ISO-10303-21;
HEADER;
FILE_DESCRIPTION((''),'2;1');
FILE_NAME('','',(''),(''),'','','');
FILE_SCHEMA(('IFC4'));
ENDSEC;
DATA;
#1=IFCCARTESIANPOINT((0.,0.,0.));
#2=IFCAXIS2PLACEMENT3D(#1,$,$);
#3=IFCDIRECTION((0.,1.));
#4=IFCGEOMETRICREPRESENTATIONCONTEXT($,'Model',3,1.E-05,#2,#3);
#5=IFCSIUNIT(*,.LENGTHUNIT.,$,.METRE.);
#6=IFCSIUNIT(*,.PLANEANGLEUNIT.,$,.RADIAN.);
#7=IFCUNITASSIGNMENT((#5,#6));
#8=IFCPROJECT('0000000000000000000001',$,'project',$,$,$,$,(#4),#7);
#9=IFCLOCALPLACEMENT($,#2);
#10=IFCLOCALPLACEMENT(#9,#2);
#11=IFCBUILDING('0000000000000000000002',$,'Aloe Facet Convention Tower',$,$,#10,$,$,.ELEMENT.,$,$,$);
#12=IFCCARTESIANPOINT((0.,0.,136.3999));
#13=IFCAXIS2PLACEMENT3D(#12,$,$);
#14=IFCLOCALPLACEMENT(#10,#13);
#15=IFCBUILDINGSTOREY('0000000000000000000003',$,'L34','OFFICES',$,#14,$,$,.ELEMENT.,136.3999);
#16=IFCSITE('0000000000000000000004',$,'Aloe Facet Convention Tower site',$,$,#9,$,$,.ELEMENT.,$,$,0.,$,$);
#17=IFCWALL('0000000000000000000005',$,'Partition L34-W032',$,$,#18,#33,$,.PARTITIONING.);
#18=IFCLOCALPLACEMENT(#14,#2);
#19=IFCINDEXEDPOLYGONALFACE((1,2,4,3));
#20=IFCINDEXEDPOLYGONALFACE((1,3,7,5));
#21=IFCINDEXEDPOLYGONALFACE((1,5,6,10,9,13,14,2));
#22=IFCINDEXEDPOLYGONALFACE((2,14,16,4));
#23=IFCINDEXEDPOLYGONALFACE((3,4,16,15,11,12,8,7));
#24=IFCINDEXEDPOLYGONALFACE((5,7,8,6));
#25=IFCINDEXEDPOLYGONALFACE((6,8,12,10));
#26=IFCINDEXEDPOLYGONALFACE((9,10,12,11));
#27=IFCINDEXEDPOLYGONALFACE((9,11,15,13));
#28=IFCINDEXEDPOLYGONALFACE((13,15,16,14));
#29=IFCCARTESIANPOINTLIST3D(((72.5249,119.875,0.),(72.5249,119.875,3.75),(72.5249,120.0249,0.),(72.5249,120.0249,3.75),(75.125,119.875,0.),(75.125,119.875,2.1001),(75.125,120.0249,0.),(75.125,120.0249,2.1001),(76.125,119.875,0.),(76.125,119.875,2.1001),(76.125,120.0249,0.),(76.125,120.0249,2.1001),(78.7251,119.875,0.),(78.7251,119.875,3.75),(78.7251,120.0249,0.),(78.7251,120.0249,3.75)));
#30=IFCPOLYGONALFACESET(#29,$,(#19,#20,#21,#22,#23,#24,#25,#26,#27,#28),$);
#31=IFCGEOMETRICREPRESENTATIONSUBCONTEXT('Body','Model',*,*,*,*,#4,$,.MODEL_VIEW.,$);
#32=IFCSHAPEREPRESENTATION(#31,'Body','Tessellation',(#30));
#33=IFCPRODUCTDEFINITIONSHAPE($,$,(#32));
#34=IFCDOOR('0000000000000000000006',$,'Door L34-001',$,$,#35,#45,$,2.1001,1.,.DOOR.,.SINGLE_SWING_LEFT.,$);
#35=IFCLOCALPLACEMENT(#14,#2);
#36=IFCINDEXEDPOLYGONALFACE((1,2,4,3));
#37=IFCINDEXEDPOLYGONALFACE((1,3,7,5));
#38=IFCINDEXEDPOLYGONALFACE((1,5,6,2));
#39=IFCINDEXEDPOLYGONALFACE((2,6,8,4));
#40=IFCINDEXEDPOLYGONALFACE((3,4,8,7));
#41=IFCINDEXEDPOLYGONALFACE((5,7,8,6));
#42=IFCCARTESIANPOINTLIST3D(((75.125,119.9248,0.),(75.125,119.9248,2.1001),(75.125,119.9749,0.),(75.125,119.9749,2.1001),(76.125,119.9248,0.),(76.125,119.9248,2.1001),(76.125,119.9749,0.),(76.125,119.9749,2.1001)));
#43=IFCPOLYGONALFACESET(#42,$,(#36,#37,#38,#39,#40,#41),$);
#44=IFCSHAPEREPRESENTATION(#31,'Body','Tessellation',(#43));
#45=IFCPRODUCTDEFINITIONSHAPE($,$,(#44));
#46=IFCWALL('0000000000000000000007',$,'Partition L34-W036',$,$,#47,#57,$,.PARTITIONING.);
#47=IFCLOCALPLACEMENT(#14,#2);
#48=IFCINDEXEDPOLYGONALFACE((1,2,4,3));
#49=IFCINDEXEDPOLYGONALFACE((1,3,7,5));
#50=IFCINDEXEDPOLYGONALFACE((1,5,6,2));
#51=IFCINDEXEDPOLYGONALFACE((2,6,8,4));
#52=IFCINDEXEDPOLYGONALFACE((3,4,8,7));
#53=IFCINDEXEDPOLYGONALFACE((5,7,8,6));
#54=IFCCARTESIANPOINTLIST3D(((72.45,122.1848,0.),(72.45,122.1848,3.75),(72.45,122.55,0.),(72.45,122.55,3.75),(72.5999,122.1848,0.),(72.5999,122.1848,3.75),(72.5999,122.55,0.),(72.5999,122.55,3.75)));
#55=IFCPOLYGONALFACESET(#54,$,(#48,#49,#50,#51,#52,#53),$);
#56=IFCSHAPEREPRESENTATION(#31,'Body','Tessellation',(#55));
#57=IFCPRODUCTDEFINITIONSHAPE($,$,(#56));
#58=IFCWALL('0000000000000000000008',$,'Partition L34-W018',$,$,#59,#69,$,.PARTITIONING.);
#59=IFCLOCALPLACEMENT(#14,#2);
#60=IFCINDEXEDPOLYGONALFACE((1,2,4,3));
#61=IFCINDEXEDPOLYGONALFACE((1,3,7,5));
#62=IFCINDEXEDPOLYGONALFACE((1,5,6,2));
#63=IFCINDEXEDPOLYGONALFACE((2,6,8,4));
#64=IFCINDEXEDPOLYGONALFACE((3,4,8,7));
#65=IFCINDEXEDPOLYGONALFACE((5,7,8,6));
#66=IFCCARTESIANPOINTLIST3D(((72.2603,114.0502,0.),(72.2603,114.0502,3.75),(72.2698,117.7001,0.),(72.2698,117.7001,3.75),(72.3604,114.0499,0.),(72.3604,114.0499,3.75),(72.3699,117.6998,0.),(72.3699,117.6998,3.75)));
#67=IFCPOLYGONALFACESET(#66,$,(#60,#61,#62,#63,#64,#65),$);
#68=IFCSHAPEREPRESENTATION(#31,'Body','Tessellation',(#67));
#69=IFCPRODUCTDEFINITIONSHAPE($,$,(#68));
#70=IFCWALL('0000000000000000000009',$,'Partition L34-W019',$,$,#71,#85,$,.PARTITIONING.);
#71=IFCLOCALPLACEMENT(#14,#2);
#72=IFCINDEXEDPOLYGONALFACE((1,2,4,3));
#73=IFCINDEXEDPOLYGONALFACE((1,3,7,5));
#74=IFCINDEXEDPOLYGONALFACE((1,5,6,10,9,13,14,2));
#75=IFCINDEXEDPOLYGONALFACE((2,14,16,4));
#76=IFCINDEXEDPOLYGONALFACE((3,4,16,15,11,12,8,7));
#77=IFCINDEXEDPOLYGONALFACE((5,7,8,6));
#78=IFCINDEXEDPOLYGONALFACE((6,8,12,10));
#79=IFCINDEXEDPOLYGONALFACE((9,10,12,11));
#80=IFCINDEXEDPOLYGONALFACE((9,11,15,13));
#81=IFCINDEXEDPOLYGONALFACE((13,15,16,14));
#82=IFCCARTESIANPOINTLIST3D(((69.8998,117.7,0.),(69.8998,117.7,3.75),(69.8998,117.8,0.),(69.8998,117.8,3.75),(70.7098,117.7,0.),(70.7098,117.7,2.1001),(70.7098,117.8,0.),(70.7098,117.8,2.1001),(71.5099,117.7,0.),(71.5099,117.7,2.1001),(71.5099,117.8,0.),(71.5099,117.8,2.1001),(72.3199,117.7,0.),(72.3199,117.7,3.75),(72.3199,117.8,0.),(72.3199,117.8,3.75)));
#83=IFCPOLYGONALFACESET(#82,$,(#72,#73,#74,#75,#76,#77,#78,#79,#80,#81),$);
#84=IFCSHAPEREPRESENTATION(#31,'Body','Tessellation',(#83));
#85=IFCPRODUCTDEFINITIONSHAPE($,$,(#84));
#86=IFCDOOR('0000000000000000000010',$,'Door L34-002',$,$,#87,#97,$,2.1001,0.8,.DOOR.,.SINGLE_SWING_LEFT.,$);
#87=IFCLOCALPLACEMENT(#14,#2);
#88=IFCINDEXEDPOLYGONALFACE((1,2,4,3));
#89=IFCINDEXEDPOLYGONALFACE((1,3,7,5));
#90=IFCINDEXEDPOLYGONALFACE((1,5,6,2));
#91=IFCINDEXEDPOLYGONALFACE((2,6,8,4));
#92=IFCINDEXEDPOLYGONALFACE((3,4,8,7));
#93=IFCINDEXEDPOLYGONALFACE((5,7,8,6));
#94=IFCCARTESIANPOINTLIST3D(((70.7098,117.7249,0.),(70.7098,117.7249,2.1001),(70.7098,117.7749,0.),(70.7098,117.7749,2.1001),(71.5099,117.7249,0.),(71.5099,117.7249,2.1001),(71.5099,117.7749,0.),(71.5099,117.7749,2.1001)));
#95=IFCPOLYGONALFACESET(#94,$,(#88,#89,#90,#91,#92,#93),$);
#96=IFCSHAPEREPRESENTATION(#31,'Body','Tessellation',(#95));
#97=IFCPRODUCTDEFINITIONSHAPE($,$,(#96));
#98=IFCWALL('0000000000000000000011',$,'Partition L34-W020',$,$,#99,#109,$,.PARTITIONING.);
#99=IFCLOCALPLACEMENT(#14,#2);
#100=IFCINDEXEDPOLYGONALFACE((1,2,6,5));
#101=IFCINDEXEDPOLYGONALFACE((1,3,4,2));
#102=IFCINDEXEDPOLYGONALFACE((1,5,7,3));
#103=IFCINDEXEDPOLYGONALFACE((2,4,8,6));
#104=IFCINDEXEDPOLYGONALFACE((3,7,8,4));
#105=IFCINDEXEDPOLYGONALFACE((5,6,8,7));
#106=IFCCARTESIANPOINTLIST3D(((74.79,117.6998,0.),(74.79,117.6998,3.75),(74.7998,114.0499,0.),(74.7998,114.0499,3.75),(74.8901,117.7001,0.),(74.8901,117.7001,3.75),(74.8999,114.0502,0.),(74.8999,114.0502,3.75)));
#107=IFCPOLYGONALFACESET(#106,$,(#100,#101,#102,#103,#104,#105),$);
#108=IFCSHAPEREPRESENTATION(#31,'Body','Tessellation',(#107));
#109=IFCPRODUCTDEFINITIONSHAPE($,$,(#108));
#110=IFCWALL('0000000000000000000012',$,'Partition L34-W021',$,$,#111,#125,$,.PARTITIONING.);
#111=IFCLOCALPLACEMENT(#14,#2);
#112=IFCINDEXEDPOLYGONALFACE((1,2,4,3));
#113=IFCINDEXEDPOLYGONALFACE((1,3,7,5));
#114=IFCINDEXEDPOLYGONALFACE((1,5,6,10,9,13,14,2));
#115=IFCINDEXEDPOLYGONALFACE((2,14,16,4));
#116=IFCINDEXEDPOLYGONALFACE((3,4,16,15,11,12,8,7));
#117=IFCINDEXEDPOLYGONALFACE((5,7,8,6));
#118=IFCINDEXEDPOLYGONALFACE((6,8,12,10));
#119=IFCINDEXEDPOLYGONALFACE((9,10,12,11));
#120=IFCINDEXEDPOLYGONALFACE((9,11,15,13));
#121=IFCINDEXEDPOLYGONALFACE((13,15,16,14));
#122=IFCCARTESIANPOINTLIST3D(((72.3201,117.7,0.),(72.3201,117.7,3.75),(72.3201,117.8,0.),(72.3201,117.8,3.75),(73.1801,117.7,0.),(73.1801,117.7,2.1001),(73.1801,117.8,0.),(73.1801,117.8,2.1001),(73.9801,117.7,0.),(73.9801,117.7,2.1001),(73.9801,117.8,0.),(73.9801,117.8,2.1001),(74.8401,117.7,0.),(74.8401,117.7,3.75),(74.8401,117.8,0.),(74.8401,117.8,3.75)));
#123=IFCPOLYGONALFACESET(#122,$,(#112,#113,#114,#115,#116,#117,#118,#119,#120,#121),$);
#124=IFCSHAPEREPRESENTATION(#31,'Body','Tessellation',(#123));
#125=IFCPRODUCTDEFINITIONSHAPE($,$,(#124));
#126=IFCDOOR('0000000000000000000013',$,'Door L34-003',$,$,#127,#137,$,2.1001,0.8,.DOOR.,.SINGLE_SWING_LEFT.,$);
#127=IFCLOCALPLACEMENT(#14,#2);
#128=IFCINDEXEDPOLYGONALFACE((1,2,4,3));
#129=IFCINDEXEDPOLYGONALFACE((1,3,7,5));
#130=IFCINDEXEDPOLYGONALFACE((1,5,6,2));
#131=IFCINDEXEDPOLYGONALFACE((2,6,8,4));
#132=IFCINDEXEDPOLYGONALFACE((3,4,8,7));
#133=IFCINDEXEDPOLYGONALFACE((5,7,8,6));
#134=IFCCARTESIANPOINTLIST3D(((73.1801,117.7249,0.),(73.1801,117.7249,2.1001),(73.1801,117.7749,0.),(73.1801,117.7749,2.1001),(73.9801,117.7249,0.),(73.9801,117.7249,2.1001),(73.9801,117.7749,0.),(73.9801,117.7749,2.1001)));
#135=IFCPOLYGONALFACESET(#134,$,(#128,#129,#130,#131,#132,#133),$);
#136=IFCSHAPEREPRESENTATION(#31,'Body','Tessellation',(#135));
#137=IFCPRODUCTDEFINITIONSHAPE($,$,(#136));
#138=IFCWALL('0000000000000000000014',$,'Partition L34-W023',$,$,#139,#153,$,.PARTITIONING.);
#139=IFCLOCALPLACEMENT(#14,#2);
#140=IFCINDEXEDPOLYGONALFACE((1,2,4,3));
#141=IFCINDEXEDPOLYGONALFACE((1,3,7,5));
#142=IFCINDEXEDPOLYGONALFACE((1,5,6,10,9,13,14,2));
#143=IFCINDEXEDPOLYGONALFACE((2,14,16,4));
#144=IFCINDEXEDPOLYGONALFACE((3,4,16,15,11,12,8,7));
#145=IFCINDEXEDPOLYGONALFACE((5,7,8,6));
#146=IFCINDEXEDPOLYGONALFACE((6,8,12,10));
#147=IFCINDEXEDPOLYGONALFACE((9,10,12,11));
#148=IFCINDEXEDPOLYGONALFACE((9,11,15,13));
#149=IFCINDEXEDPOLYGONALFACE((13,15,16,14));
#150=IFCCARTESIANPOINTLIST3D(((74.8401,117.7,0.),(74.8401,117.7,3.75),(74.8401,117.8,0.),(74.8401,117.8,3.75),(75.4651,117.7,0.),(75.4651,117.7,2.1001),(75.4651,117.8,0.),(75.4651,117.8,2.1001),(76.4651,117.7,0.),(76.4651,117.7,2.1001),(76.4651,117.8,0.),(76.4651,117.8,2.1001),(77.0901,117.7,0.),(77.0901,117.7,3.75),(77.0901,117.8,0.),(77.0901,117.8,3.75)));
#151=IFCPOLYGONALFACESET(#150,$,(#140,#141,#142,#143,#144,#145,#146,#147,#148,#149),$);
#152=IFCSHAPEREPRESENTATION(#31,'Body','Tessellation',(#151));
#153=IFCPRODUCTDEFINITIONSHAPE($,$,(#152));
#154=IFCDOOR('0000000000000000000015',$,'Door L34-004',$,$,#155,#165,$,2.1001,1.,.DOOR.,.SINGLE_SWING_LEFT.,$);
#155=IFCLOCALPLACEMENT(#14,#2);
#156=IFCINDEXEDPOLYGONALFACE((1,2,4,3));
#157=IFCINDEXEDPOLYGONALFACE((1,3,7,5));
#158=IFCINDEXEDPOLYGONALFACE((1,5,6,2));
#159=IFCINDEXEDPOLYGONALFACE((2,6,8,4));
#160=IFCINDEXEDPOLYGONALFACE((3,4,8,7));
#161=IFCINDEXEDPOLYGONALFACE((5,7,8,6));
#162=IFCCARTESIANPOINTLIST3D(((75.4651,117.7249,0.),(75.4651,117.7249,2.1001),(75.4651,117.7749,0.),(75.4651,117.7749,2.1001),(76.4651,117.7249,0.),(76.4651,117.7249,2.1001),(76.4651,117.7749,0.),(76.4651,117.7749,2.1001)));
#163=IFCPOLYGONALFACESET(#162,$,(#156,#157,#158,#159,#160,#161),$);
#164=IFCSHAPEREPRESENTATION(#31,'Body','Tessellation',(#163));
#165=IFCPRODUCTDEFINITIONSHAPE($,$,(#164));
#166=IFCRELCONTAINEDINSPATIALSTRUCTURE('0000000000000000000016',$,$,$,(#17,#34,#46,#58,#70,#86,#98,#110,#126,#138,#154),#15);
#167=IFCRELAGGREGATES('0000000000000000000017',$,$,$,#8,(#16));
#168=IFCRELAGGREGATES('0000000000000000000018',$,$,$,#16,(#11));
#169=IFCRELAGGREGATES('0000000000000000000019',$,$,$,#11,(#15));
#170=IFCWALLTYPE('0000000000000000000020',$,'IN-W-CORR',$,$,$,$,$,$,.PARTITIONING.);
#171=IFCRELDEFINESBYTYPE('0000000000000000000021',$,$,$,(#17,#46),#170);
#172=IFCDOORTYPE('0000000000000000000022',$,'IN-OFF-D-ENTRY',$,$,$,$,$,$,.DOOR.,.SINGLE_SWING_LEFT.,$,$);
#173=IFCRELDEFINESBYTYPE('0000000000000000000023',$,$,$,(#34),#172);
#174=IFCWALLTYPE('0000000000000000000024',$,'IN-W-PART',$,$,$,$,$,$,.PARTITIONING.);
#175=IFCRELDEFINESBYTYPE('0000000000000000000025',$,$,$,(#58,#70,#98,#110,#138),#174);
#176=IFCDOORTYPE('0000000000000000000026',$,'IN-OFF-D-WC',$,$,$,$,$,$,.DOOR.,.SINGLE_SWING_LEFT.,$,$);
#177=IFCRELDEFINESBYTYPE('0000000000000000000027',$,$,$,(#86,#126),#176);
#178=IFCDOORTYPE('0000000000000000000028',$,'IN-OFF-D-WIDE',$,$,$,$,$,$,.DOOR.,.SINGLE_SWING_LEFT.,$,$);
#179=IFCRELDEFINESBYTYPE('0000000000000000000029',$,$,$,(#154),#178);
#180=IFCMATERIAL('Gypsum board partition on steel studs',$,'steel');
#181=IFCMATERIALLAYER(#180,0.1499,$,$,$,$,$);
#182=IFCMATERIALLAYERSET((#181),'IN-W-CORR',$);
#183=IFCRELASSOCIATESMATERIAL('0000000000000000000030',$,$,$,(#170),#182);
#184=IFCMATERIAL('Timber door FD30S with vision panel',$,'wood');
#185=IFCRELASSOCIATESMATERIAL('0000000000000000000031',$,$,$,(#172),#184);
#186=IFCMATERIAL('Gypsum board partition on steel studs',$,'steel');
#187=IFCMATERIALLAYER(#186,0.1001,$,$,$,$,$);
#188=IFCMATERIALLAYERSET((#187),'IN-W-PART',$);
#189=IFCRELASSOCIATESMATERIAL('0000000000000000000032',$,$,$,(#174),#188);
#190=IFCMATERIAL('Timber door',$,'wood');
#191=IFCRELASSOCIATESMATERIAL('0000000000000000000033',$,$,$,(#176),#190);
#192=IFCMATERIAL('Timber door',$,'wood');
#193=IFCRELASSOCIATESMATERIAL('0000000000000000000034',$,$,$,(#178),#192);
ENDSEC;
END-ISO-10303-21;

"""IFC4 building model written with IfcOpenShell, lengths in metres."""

from ifc_helpers import new_model, si_unit, direction, frame, frame_2d, origin, place, context, subcontext, project, spatial, rectangle, extrude, material, layer, layer_set, type_object, element, fill, save


model = new_model("IFC4")

# Units and contexts
model_context = context("Model", 3, precision=1e-05, world=origin(), true_north=direction((0.0, 1.0)))
body_context = subcontext(model_context, "Body", "Model", "MODEL_VIEW")
ifc_project = project(units=[si_unit("LENGTHUNIT", "METRE"), si_unit("PLANEANGLEUNIT", "RADIAN")], contexts=[model_context])

# Site, building, storey
site_placement = place(None, origin())
site = spatial("IfcSite", under=ifc_project, at=site_placement, Name="Aloe Facet Convention Tower site", CompositionType="ELEMENT", RefElevation=0.0)
building_placement = place(site_placement, origin())
building = spatial("IfcBuilding", under=site, at=building_placement, Name="Aloe Facet Convention Tower", CompositionType="ELEMENT")
storey_placement = place(building_placement, frame((0.0, 0.0, 136.3999)))
storey = spatial("IfcBuildingStorey", under=building, at=storey_placement, Name="L34", Description="OFFICES", CompositionType="ELEMENT", Elevation=136.3999)

# Wall, opening, door
ifc_material_1 = material(Name="Gypsum board partition on steel studs", Category="steel")
ifc_layer_1 = layer(ifc_material_1, 0.1499)
ifc_layer_set_1 = layer_set([ifc_layer_1], Name="IN-W-CORR")
wall_type_1 = type_object("IfcWallType", Name="IN-W-CORR", PredefinedType="PARTITIONING", material=ifc_layer_set_1)
ifc_material_2 = material(Name="Timber door FD30S with vision panel", Category="wood")
door_type_1 = type_object("IfcDoorType", Name="IN-OFF-D-ENTRY", OperationType="SINGLE_SWING_LEFT", PredefinedType="DOOR", material=ifc_material_2)
wall_1_placement = place(storey_placement, frame((72.5249, 119.95, 0.0), z_axis=(0.0, 0.0, 1.0), x_axis=(1.0, 0.0, 0.0)))
wall_1 = element("IfcWall", 1, at=wall_1_placement, inside=storey, type_object=wall_type_1, Name="Partition L34-W032", PredefinedType="PARTITIONING", context=body_context, shape_type="SweptSolid", body=[
    extrude(rectangle(XDim=6.2002, YDim=0.1499, at=frame_2d((3.1001, 0.0))), origin(), (0.0, 0.0, 1.0), 3.75),
])
opening_1_placement = place(wall_1_placement, frame((2.6001, 0.0, 0.0)))
opening_1 = element("IfcOpeningElement", 2, at=opening_1_placement, cuts=wall_1, PredefinedType="OPENING", context=body_context, shape_type="SweptSolid", body=[
    extrude(rectangle(XDim=1.0, YDim=2.1001, at=frame_2d((0.5, 1.05))), frame((0.0, 0.085, 0.0), z_axis=(0.0, -1.0, 0.0), x_axis=(1.0, 0.0, 0.0)), (0.0, 0.0, 1.0), 0.1699),
])
door_1_placement = place(opening_1_placement, origin())
door_1 = element("IfcDoor", 3, at=door_1_placement, inside=storey, type_object=door_type_1, Name="Door L34-001", OperationType="SINGLE_SWING_LEFT", OverallHeight=2.1001, OverallWidth=1.0, PredefinedType="DOOR", context=body_context, shape_type="SweptSolid", body=[
    extrude(rectangle(XDim=1.0, YDim=2.1001, at=frame_2d((0.5, 1.05))), frame((0.0, 0.0249, 0.0), z_axis=(0.0, -1.0, 0.0), x_axis=(1.0, 0.0, 0.0)), (0.0, 0.0, 1.0), 0.05),
])
fill(opening_1, door_1)

# Walls
wall_2_placement = place(storey_placement, frame((72.5249, 122.1848, 0.0), z_axis=(0.0, 0.0, 1.0), x_axis=(0.0, 1.0, 0.0)))
element("IfcWall", 4, at=wall_2_placement, inside=storey, type_object=wall_type_1, Name="Partition L34-W036", PredefinedType="PARTITIONING", context=body_context, shape_type="SweptSolid", body=[
    extrude(rectangle(XDim=0.3652, YDim=0.1499, at=frame_2d((0.1826, 0.0))), origin(), (0.0, 0.0, 1.0), 3.75),
])
ifc_material_3 = material(Name="Gypsum board partition on steel studs", Category="steel")
ifc_layer_2 = layer(ifc_material_3, 0.1001)
ifc_layer_set_2 = layer_set([ifc_layer_2], Name="IN-W-PART")
wall_type_2 = type_object("IfcWallType", Name="IN-W-PART", PredefinedType="PARTITIONING", material=ifc_layer_set_2)
wall_3_placement = place(storey_placement, frame((72.3103, 114.05, 0.0), z_axis=(0.0, 0.0, 1.0), x_axis=(0.002609, 0.999997, 0.0)))
element("IfcWall", 5, at=wall_3_placement, inside=storey, type_object=wall_type_2, Name="Partition L34-W018", PredefinedType="PARTITIONING", context=body_context, shape_type="SweptSolid", body=[
    extrude(rectangle(XDim=3.6499, YDim=0.1001, at=frame_2d((1.825, 0.0))), origin(), (0.0, 0.0, 1.0), 3.75),
])

# Wall, opening, door
wall_4_placement = place(storey_placement, frame((69.8999, 117.75, 0.0), z_axis=(0.0, 0.0, 1.0), x_axis=(1.0, 0.0, 0.0)))
wall_4 = element("IfcWall", 6, at=wall_4_placement, inside=storey, type_object=wall_type_2, Name="Partition L34-W019", PredefinedType="PARTITIONING", context=body_context, shape_type="SweptSolid", body=[
    extrude(rectangle(XDim=2.4202, YDim=0.1001, at=frame_2d((1.21, 0.0))), origin(), (0.0, 0.0, 1.0), 3.75),
])
opening_2_placement = place(wall_4_placement, frame((0.8101, 0.0, 0.0)))
opening_2 = element("IfcOpeningElement", 7, at=opening_2_placement, cuts=wall_4, PredefinedType="OPENING", context=body_context, shape_type="SweptSolid", body=[
    extrude(rectangle(XDim=0.8, YDim=2.1001, at=frame_2d((0.3999, 1.05))), frame((0.0, 0.0601, 0.0), z_axis=(0.0, -1.0, 0.0), x_axis=(1.0, 0.0, 0.0)), (0.0, 0.0, 1.0), 0.1201),
])
ifc_material_4 = material(Name="Timber door", Category="wood")
door_type_2 = type_object("IfcDoorType", Name="IN-OFF-D-WC", OperationType="SINGLE_SWING_LEFT", PredefinedType="DOOR", material=ifc_material_4)
door_2_placement = place(opening_2_placement, origin())
door_2 = element("IfcDoor", 8, at=door_2_placement, inside=storey, type_object=door_type_2, Name="Door L34-002", OperationType="SINGLE_SWING_LEFT", OverallHeight=2.1001, OverallWidth=0.8, PredefinedType="DOOR", context=body_context, shape_type="SweptSolid", body=[
    extrude(rectangle(XDim=0.8, YDim=2.1001, at=frame_2d((0.3999, 1.05))), frame((0.0, 0.0249, 0.0), z_axis=(0.0, -1.0, 0.0), x_axis=(1.0, 0.0, 0.0)), (0.0, 0.0, 1.0), 0.05),
])
fill(opening_2, door_2)

# Wall
wall_5_placement = place(storey_placement, frame((74.8499, 114.05, 0.0), z_axis=(0.0, 0.0, 1.0), x_axis=(-0.002676, 0.999996, 0.0)))
element("IfcWall", 9, at=wall_5_placement, inside=storey, type_object=wall_type_2, Name="Partition L34-W020", PredefinedType="PARTITIONING", context=body_context, shape_type="SweptSolid", body=[
    extrude(rectangle(XDim=3.6499, YDim=0.1001, at=frame_2d((1.825, 0.0))), origin(), (0.0, 0.0, 1.0), 3.75),
])

# Walls, openings, doors
wall_6_placement = place(storey_placement, frame((72.3201, 117.75, 0.0), z_axis=(0.0, 0.0, 1.0), x_axis=(1.0, 0.0, 0.0)))
wall_6 = element("IfcWall", 10, at=wall_6_placement, inside=storey, type_object=wall_type_2, Name="Partition L34-W021", PredefinedType="PARTITIONING", context=body_context, shape_type="SweptSolid", body=[
    extrude(rectangle(XDim=2.52, YDim=0.1001, at=frame_2d((1.26, 0.0))), origin(), (0.0, 0.0, 1.0), 3.75),
])
opening_3_placement = place(wall_6_placement, frame((0.8601, 0.0, 0.0)))
opening_3 = element("IfcOpeningElement", 11, at=opening_3_placement, cuts=wall_6, PredefinedType="OPENING", context=body_context, shape_type="SweptSolid", body=[
    extrude(rectangle(XDim=0.8, YDim=2.1001, at=frame_2d((0.3999, 1.05))), frame((0.0, 0.0601, 0.0), z_axis=(0.0, -1.0, 0.0), x_axis=(1.0, 0.0, 0.0)), (0.0, 0.0, 1.0), 0.1201),
])
door_3_placement = place(opening_3_placement, origin())
door_3 = element("IfcDoor", 12, at=door_3_placement, inside=storey, type_object=door_type_2, Name="Door L34-003", OperationType="SINGLE_SWING_LEFT", OverallHeight=2.1001, OverallWidth=0.8, PredefinedType="DOOR", context=body_context, shape_type="SweptSolid", body=[
    extrude(rectangle(XDim=0.8, YDim=2.1001, at=frame_2d((0.3999, 1.05))), frame((0.0, 0.0249, 0.0), z_axis=(0.0, -1.0, 0.0), x_axis=(1.0, 0.0, 0.0)), (0.0, 0.0, 1.0), 0.05),
])
fill(opening_3, door_3)
wall_7_placement = place(storey_placement, frame((74.8401, 117.75, 0.0), z_axis=(0.0, 0.0, 1.0), x_axis=(1.0, 0.0, 0.0)))
wall_7 = element("IfcWall", 13, at=wall_7_placement, inside=storey, type_object=wall_type_2, Name="Partition L34-W023", PredefinedType="PARTITIONING", context=body_context, shape_type="SweptSolid", body=[
    extrude(rectangle(XDim=2.25, YDim=0.1001, at=frame_2d((1.125, 0.0))), origin(), (0.0, 0.0, 1.0), 3.75),
])
opening_4_placement = place(wall_7_placement, frame((0.625, 0.0, 0.0)))
opening_4 = element("IfcOpeningElement", 14, at=opening_4_placement, cuts=wall_7, PredefinedType="OPENING", context=body_context, shape_type="SweptSolid", body=[
    extrude(rectangle(XDim=1.0, YDim=2.1001, at=frame_2d((0.5, 1.05))), frame((0.0, 0.0601, 0.0), z_axis=(0.0, -1.0, 0.0), x_axis=(1.0, 0.0, 0.0)), (0.0, 0.0, 1.0), 0.1201),
])
ifc_material_5 = material(Name="Timber door", Category="wood")
door_type_3 = type_object("IfcDoorType", Name="IN-OFF-D-WIDE", OperationType="SINGLE_SWING_LEFT", PredefinedType="DOOR", material=ifc_material_5)
door_4_placement = place(opening_4_placement, origin())
door_4 = element("IfcDoor", 15, at=door_4_placement, inside=storey, type_object=door_type_3, Name="Door L34-004", OperationType="SINGLE_SWING_LEFT", OverallHeight=2.1001, OverallWidth=1.0, PredefinedType="DOOR", context=body_context, shape_type="SweptSolid", body=[
    extrude(rectangle(XDim=1.0, YDim=2.1001, at=frame_2d((0.5, 1.05))), frame((0.0, 0.0249, 0.0), z_axis=(0.0, -1.0, 0.0), x_axis=(1.0, 0.0, 0.0)), (0.0, 0.0, 1.0), 0.05),
])
fill(opening_4, door_4)

save(model, "model.ifc")
